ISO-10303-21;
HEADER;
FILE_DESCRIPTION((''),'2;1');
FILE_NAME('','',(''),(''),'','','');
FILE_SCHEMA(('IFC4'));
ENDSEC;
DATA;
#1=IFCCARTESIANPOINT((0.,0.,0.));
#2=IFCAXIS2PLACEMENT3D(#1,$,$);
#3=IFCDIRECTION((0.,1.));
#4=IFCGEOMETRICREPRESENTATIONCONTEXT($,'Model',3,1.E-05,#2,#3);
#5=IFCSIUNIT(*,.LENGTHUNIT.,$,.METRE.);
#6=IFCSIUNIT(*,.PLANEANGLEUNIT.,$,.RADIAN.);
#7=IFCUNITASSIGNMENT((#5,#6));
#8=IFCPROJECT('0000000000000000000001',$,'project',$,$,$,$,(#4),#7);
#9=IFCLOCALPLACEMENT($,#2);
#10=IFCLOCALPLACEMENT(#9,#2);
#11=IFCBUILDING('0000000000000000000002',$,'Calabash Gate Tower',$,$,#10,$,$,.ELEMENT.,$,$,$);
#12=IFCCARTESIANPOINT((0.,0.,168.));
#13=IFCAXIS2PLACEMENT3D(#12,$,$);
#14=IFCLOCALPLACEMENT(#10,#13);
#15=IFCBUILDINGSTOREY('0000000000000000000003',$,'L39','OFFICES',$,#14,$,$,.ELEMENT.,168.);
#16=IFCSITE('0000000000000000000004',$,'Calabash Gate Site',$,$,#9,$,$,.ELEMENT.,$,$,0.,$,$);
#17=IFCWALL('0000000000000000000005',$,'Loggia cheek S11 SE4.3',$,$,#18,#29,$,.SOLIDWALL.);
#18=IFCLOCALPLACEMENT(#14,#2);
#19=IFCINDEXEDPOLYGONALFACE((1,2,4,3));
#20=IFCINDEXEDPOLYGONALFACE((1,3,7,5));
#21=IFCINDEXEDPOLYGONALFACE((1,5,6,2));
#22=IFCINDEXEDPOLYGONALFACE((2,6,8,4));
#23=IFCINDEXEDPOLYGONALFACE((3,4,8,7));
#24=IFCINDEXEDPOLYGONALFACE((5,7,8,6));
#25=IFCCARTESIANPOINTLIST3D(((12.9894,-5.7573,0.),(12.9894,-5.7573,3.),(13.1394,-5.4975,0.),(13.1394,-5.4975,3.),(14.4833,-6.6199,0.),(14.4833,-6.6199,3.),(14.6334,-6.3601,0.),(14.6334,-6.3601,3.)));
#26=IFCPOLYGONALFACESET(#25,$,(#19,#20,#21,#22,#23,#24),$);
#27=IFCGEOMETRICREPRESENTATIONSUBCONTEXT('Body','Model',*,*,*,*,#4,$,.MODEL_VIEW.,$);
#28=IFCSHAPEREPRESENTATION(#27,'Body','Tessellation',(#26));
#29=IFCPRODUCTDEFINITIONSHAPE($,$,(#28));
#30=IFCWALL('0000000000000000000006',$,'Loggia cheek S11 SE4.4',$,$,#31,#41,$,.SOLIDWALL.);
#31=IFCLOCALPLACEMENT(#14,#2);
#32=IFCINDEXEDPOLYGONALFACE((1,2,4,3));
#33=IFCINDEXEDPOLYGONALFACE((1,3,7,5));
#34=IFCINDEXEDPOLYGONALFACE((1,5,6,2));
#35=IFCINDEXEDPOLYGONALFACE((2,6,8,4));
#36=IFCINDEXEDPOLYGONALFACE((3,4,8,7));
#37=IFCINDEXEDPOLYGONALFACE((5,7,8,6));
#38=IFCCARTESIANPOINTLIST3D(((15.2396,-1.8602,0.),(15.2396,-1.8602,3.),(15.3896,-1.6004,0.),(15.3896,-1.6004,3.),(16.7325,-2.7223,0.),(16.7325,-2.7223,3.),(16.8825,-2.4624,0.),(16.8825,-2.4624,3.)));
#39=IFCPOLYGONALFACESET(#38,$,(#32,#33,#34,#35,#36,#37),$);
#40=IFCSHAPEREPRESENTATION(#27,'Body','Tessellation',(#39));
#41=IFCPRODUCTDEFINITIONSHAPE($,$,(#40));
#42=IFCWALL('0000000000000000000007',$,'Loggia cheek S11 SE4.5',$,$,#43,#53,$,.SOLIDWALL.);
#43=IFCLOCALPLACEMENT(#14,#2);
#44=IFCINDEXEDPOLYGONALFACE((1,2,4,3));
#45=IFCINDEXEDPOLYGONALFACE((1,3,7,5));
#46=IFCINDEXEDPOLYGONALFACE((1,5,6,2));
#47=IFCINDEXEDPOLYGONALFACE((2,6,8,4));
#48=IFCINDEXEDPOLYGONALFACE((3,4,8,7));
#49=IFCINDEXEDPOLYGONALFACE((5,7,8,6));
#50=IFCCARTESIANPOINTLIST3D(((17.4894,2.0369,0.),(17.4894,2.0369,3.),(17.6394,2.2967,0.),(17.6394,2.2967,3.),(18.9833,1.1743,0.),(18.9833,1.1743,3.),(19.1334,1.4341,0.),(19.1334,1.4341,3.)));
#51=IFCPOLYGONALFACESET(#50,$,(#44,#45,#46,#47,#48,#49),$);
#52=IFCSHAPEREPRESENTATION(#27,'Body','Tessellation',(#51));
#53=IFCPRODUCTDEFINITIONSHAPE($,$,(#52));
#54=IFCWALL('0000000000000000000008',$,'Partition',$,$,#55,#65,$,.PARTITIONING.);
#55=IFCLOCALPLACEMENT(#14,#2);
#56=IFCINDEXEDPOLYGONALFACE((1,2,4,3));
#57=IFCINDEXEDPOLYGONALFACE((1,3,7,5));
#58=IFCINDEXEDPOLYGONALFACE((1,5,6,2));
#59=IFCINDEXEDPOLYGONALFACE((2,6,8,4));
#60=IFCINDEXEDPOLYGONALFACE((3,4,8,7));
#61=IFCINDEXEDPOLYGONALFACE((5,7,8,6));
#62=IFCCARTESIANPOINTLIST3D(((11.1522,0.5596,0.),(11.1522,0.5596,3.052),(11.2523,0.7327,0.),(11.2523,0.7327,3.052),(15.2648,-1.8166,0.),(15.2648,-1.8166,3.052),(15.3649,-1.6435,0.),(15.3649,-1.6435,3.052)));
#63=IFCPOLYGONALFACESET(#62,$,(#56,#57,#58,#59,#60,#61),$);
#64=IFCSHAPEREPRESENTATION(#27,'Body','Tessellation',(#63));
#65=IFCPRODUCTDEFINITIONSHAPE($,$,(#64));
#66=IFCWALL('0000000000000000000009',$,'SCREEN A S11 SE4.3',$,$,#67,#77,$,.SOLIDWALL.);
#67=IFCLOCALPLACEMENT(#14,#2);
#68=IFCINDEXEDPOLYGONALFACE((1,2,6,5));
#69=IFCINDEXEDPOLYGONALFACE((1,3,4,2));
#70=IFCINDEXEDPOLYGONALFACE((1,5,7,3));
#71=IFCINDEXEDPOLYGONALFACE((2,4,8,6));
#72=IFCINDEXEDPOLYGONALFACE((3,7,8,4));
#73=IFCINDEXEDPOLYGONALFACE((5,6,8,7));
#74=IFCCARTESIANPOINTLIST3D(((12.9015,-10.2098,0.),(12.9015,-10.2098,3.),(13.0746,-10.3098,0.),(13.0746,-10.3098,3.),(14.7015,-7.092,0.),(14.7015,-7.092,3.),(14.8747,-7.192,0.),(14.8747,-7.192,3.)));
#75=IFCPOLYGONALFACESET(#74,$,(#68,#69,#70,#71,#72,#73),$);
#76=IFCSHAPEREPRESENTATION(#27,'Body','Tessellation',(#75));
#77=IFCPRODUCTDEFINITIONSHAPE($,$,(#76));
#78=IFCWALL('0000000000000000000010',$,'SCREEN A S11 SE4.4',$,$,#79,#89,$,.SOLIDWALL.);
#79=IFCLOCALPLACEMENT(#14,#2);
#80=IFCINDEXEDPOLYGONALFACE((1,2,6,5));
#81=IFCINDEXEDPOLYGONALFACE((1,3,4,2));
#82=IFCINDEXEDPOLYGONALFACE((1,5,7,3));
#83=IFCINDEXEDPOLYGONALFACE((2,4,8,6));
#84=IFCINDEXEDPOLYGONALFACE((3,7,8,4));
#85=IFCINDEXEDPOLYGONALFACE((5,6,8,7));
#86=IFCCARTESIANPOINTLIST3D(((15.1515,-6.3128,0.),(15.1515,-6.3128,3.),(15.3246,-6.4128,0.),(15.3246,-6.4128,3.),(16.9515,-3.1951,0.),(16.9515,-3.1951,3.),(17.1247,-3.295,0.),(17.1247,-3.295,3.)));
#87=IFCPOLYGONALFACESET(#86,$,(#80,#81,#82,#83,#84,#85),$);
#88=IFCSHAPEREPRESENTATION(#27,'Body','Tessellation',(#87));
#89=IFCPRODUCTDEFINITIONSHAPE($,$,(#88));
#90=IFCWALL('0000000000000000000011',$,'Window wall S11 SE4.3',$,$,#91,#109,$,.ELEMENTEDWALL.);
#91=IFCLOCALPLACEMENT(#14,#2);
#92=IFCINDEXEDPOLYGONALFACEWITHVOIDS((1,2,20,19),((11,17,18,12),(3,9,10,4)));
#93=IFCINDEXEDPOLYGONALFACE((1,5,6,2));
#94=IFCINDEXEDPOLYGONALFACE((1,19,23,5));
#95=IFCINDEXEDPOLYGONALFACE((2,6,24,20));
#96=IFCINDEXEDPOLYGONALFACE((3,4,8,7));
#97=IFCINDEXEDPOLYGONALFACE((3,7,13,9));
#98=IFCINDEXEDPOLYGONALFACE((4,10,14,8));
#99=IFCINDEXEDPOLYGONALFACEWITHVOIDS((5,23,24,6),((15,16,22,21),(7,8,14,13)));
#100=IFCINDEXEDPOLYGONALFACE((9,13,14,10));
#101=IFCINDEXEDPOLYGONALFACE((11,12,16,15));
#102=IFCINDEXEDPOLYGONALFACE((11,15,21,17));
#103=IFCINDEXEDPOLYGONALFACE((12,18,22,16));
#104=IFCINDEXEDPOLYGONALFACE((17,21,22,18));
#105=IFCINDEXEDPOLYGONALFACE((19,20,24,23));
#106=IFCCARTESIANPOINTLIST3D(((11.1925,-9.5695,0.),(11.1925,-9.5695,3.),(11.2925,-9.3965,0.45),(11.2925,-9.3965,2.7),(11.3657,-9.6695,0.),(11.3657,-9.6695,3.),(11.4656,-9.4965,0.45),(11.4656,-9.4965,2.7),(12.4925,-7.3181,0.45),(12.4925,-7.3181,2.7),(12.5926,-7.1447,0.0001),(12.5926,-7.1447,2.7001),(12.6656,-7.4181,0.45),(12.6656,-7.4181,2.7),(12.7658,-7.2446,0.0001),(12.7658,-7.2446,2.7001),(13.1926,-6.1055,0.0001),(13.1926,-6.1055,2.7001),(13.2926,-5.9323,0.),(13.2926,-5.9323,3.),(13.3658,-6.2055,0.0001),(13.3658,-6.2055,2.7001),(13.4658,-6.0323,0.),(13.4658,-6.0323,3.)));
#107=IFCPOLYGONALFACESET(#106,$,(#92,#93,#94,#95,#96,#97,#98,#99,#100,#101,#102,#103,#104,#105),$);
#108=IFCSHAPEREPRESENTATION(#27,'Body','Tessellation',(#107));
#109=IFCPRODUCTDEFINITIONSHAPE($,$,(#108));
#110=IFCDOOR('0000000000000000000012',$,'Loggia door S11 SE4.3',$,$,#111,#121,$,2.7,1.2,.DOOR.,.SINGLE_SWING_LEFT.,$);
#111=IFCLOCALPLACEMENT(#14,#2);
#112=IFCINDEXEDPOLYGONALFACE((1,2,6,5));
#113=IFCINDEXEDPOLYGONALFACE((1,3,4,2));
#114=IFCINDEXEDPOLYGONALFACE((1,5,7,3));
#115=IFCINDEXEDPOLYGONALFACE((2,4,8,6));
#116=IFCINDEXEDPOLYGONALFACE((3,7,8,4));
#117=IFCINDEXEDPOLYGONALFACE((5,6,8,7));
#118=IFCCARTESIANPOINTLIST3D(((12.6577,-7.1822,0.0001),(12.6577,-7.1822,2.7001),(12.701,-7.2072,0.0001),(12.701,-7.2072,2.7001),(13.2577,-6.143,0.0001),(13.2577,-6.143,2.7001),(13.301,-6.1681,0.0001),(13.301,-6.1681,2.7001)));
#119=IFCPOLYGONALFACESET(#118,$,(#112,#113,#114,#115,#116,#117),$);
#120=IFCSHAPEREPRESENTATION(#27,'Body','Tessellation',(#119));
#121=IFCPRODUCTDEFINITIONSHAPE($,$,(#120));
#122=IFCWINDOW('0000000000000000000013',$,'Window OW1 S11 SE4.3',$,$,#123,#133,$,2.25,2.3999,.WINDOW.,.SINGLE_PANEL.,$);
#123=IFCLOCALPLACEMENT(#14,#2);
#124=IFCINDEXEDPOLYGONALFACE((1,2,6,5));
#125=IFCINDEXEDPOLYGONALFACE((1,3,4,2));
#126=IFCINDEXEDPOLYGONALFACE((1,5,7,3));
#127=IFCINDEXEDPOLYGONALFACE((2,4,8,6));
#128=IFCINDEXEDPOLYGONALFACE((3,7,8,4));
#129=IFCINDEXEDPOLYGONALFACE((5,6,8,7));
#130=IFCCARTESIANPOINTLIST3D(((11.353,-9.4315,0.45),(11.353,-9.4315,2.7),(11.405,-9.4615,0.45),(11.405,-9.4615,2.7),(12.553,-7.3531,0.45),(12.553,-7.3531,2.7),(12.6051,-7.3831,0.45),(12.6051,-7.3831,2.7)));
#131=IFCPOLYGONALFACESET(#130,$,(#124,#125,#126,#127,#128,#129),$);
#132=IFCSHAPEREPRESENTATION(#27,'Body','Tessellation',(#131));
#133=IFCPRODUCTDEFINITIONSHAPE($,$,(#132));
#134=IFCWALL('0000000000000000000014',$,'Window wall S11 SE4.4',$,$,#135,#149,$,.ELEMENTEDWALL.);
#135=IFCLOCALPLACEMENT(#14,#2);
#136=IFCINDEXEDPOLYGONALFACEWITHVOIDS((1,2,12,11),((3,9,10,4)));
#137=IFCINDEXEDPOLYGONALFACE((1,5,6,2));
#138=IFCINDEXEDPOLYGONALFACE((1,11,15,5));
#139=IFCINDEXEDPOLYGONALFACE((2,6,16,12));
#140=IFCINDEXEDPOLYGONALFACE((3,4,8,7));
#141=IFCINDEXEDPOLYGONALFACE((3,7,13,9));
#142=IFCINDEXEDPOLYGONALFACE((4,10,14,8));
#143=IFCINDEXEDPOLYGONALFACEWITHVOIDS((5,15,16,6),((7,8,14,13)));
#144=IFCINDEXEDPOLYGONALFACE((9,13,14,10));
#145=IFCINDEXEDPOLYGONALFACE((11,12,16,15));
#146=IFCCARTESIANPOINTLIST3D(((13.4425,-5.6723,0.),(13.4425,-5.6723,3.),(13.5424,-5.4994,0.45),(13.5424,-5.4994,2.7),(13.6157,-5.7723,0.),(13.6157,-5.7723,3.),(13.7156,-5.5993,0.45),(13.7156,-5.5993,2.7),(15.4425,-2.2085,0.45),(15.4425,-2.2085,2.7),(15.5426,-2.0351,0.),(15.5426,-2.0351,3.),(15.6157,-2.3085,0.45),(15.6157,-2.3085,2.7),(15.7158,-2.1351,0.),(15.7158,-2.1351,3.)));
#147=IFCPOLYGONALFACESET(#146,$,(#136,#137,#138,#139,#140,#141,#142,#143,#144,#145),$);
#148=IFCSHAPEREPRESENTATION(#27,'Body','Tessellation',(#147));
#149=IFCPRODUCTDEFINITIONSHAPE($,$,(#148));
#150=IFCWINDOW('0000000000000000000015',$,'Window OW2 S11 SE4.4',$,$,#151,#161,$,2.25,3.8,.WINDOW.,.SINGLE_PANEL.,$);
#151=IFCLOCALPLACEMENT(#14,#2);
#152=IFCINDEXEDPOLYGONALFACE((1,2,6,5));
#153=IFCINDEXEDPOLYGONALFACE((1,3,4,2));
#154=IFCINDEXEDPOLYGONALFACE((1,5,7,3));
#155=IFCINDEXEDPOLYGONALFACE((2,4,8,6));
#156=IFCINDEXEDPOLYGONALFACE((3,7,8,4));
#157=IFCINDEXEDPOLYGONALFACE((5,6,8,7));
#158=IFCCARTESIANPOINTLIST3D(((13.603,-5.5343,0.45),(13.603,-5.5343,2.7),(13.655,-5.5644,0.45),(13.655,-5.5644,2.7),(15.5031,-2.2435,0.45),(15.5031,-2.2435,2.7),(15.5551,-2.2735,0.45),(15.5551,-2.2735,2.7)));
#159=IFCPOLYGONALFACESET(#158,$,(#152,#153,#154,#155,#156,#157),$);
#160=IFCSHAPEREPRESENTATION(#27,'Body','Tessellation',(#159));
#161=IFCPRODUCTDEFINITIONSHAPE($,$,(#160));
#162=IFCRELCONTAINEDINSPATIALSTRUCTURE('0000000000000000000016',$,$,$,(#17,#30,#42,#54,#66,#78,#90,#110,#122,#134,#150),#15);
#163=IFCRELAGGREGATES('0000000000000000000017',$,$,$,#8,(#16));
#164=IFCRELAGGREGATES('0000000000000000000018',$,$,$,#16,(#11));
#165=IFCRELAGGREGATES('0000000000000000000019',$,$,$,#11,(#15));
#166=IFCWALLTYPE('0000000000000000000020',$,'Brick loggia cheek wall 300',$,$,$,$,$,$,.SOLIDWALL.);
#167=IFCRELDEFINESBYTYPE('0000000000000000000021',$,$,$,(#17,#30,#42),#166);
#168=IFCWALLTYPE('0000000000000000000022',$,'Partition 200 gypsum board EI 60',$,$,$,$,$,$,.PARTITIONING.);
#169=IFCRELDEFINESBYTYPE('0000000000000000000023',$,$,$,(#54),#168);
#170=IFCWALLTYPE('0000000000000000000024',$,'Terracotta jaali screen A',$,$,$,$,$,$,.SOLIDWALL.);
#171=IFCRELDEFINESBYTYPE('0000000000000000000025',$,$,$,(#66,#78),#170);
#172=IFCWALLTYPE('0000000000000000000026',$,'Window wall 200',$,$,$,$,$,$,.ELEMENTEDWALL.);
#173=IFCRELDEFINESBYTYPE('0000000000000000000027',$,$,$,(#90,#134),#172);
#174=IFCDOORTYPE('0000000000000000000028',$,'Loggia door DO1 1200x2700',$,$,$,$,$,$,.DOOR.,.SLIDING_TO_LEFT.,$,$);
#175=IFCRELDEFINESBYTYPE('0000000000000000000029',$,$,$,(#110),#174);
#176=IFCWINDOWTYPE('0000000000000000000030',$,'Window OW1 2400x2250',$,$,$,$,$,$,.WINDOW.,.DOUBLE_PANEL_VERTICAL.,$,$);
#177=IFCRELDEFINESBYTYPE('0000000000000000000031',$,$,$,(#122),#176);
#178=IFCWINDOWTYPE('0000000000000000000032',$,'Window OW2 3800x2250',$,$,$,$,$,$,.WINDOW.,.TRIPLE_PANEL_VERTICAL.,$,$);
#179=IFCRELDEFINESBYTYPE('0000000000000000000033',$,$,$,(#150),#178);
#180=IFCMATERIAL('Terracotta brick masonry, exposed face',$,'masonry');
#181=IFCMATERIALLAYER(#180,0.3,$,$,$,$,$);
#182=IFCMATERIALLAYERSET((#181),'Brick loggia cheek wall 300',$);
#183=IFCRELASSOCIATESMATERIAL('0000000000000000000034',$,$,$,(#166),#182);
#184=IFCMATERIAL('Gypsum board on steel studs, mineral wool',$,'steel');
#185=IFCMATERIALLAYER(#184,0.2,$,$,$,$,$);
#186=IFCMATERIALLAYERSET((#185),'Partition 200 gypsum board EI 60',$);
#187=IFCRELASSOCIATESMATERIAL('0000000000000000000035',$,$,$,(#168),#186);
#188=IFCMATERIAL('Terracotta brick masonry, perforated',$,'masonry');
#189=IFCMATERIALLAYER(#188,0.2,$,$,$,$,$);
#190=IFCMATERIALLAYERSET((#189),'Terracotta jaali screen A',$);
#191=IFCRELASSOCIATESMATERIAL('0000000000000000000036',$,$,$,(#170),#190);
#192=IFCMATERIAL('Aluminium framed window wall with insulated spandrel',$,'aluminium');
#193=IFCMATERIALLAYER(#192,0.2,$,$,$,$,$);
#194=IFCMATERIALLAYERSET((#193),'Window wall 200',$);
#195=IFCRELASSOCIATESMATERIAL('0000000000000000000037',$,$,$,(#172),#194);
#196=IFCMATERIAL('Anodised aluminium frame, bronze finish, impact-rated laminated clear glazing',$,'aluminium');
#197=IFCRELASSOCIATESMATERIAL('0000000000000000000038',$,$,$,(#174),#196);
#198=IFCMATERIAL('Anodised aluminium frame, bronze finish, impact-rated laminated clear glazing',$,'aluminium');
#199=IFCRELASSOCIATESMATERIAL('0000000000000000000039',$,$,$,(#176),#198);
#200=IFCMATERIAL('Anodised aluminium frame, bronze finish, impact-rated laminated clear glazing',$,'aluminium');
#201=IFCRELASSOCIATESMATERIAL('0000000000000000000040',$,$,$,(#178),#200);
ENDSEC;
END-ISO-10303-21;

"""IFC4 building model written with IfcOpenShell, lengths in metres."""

from ifc_helpers import new_model, si_unit, direction, frame, frame_2d, origin, place, context, subcontext, project, spatial, rectangle, extrude, material, layer, layer_set, type_object, element, fill, save


model = new_model("IFC4")

# Units and contexts
model_context = context("Model", 3, precision=1e-05, world=origin(), true_north=direction((0.0, 1.0)))
body_context = subcontext(model_context, "Body", "Model", "MODEL_VIEW")
ifc_project = project(units=[si_unit("LENGTHUNIT", "METRE"), si_unit("PLANEANGLEUNIT", "RADIAN")], contexts=[model_context])

# Site, building, storey
site_placement = place(None, origin())
site = spatial("IfcSite", under=ifc_project, at=site_placement, Name="Calabash Gate Site", CompositionType="ELEMENT", RefElevation=0.0)
building_placement = place(site_placement, origin())
building = spatial("IfcBuilding", under=site, at=building_placement, Name="Calabash Gate Tower", CompositionType="ELEMENT")
storey_placement = place(building_placement, frame((0.0, 0.0, 168.0)))
storey = spatial("IfcBuildingStorey", under=building, at=storey_placement, Name="L39", Description="OFFICES", CompositionType="ELEMENT", Elevation=168.0)

# Walls
ifc_material_1 = material(Name="Terracotta brick masonry, exposed face", Category="masonry")
ifc_layer_1 = layer(ifc_material_1, 0.3)
ifc_layer_set_1 = layer_set([ifc_layer_1], Name="Brick loggia cheek wall 300")
wall_type_1 = type_object("IfcWallType", Name="Brick loggia cheek wall 300", PredefinedType="SOLIDWALL", material=ifc_layer_set_1)
wall_1_placement = place(storey_placement, frame((14.5583, -6.49, 0.0), z_axis=(0.0, 0.0, 1.0), x_axis=(-0.866014, 0.500021, 0.0)))
element("IfcWall", 1, at=wall_1_placement, inside=storey, type_object=wall_type_1, Name="Loggia cheek S11 SE4.3", PredefinedType="SOLIDWALL", context=body_context, shape_type="SweptSolid", body=[
    extrude(rectangle(XDim=1.7251, YDim=0.3, at=frame_2d((0.8625, 0.0))), origin(), (0.0, 0.0, 1.0), 3.0),
])
wall_2_placement = place(storey_placement, frame((16.8074, -2.5923, 0.0), z_axis=(0.0, 0.0, 1.0), x_axis=(-0.865995, 0.500053, 0.0)))
element("IfcWall", 2, at=wall_2_placement, inside=storey, type_object=wall_type_1, Name="Loggia cheek S11 SE4.4", PredefinedType="SOLIDWALL", context=body_context, shape_type="SweptSolid", body=[
    extrude(rectangle(XDim=1.7239, YDim=0.3, at=frame_2d((0.8618, 0.0))), origin(), (0.0, 0.0, 1.0), 3.0),
])
wall_3_placement = place(storey_placement, frame((19.0583, 1.3042, 0.0), z_axis=(0.0, 0.0, 1.0), x_axis=(-0.866014, 0.500021, 0.0)))
element("IfcWall", 3, at=wall_3_placement, inside=storey, type_object=wall_type_1, Name="Loggia cheek S11 SE4.5", PredefinedType="SOLIDWALL", context=body_context, shape_type="SweptSolid", body=[
    extrude(rectangle(XDim=1.7251, YDim=0.3, at=frame_2d((0.8625, 0.0))), origin(), (0.0, 0.0, 1.0), 3.0),
])
ifc_material_2 = material(Name="Gypsum board on steel studs, mineral wool", Category="steel")
ifc_layer_2 = layer(ifc_material_2, 0.2)
ifc_layer_set_2 = layer_set([ifc_layer_2], Name="Partition 200 gypsum board EI 60")
wall_type_2 = type_object("IfcWallType", Name="Partition 200 gypsum board EI 60", PredefinedType="PARTITIONING", material=ifc_layer_set_2)
wall_4_placement = place(storey_placement, frame((11.2021, 0.6462, 0.0), z_axis=(0.0, 0.0, 1.0), x_axis=(0.865858, -0.50029, 0.0)))
element("IfcWall", 4, at=wall_4_placement, inside=storey, type_object=wall_type_2, Name="Partition", PredefinedType="PARTITIONING", context=body_context, shape_type="SweptSolid", body=[
    extrude(rectangle(XDim=4.7498, YDim=0.2, at=frame_2d((2.375, 0.0))), origin(), (0.0, 0.0, 1.0), 3.052),
])

# Walls
ifc_material_3 = material(Name="Terracotta brick masonry, perforated", Category="masonry")
ifc_layer_3 = layer(ifc_material_3, 0.2)
ifc_layer_set_3 = layer_set([ifc_layer_3], Name="Terracotta jaali screen A")
wall_type_3 = type_object("IfcWallType", Name="Terracotta jaali screen A", PredefinedType="SOLIDWALL", material=ifc_layer_set_3)
for number, where, z_axis, x_axis, name in (
    (5, (12.988, -10.2598, 0.0), (0.0, 0.0, 1.0), (0.500012, 0.866018, 0.0), "SCREEN A S11 SE4.3"),
    (6, (15.238, -6.3628, 0.0), (0.0, 0.0, 1.0), (0.500012, 0.866018, 0.0), "SCREEN A S11 SE4.4"),
):
    element("IfcWall", number, at=place(storey_placement, frame(where, z_axis=z_axis, x_axis=x_axis)), inside=storey, type_object=wall_type_3, Name=name, PredefinedType="SOLIDWALL", context=body_context, shape_type="SweptSolid", body=[
        extrude(rectangle(XDim=3.6001, YDim=0.2, at=frame_2d((1.8, 0.0))), origin(), (0.0, 0.0, 1.0), 3.0),
    ])

# Wall, openings, door, window
ifc_material_4 = material(Name="Aluminium framed window wall with insulated spandrel", Category="aluminium")
ifc_layer_4 = layer(ifc_material_4, 0.2)
ifc_layer_set_4 = layer_set([ifc_layer_4], Name="Window wall 200")
wall_type_4 = type_object("IfcWallType", Name="Window wall 200", PredefinedType="ELEMENTEDWALL", material=ifc_layer_set_4)
wall_5_placement = place(storey_placement, frame((11.2791, -9.6196, 0.0), z_axis=(0.0, 0.0, 1.0), x_axis=(0.500028, 0.866009, 0.0)))
wall_5 = element("IfcWall", 7, at=wall_5_placement, inside=storey, type_object=wall_type_4, Name="Window wall S11 SE4.3", PredefinedType="ELEMENTEDWALL", context=body_context, shape_type="SweptSolid", body=[
    extrude(rectangle(XDim=4.2, YDim=0.2, at=frame_2d((2.1001, 0.0))), origin(), (0.0, 0.0, 1.0), 3.0),
])
opening_1_placement = place(wall_5_placement, frame((0.2, 0.0, 0.45)))
opening_1 = element("IfcOpeningElement", 8, at=opening_1_placement, cuts=wall_5, PredefinedType="OPENING", context=body_context, shape_type="SweptSolid", body=[
    extrude(rectangle(XDim=2.3999, YDim=2.25, at=frame_2d((1.2, 1.125))), frame((0.0, 0.1099, 0.0), z_axis=(0.0, -1.0, 0.0), x_axis=(1.0, 0.0, 0.0)), (0.0, 0.0, 1.0), 0.22),
])
opening_2_placement = place(wall_5_placement, frame((2.8, 0.0, 0.0)))
opening_2 = element("IfcOpeningElement", 9, at=opening_2_placement, cuts=wall_5, PredefinedType="OPENING", context=body_context, shape_type="SweptSolid", body=[
    extrude(rectangle(XDim=1.2, YDim=2.7, at=frame_2d((0.6001, 1.3501))), frame((0.0, 0.1099, 0.0), z_axis=(0.0, -1.0, 0.0), x_axis=(1.0, 0.0, 0.0)), (0.0, 0.0, 1.0), 0.22),
])
ifc_material_5 = material(Name="Anodised aluminium frame, bronze finish, impact-rated laminated clear glazing", Category="aluminium")
door_type_1 = type_object("IfcDoorType", Name="Loggia door DO1 1200x2700", OperationType="SLIDING_TO_LEFT", PredefinedType="DOOR", material=ifc_material_5)
door_1_placement = place(opening_2_placement, origin())
door_1 = element("IfcDoor", 10, at=door_1_placement, inside=storey, type_object=door_type_1, Name="Loggia door S11 SE4.3", OperationType="SINGLE_SWING_LEFT", OverallHeight=2.7, OverallWidth=1.2, PredefinedType="DOOR", context=body_context, shape_type="SweptSolid", body=[
    extrude(rectangle(XDim=1.2, YDim=2.7, at=frame_2d((0.6001, 1.3501))), frame((0.0, 0.0249, 0.0), z_axis=(0.0, -1.0, 0.0), x_axis=(1.0, 0.0, 0.0)), (0.0, 0.0, 1.0), 0.05),
])
fill(opening_2, door_1)
ifc_material_6 = material(Name="Anodised aluminium frame, bronze finish, impact-rated laminated clear glazing", Category="aluminium")
window_type_1 = type_object("IfcWindowType", Name="Window OW1 2400x2250", PartitioningType="DOUBLE_PANEL_VERTICAL", PredefinedType="WINDOW", material=ifc_material_6)
window_1_placement = place(opening_1_placement, origin())
window_1 = element("IfcWindow", 11, at=window_1_placement, inside=storey, type_object=window_type_1, Name="Window OW1 S11 SE4.3", OverallHeight=2.25, OverallWidth=2.3999, PartitioningType="SINGLE_PANEL", PredefinedType="WINDOW", context=body_context, shape_type="SweptSolid", body=[
    extrude(rectangle(XDim=2.3999, YDim=2.25, at=frame_2d((1.2, 1.125))), frame((0.0, 0.03, 0.0), z_axis=(0.0, -1.0, 0.0), x_axis=(1.0, 0.0, 0.0)), (0.0, 0.0, 1.0), 0.0601),
])
fill(opening_1, window_1)

# Wall, opening, window
wall_6_placement = place(storey_placement, frame((13.5291, -5.7224, 0.0), z_axis=(0.0, 0.0, 1.0), x_axis=(0.500028, 0.866009, 0.0)))
wall_6 = element("IfcWall", 12, at=wall_6_placement, inside=storey, type_object=wall_type_4, Name="Window wall S11 SE4.4", PredefinedType="ELEMENTEDWALL", context=body_context, shape_type="SweptSolid", body=[
    extrude(rectangle(XDim=4.2, YDim=0.2, at=frame_2d((2.1001, 0.0))), origin(), (0.0, 0.0, 1.0), 3.0),
])
opening_3_placement = place(wall_6_placement, frame((0.2, 0.0, 0.45)))
opening_3 = element("IfcOpeningElement", 13, at=opening_3_placement, cuts=wall_6, PredefinedType="OPENING", context=body_context, shape_type="SweptSolid", body=[
    extrude(rectangle(XDim=3.8, YDim=2.25, at=frame_2d((1.8999, 1.125))), frame((0.0, 0.1099, 0.0), z_axis=(0.0, -1.0, 0.0), x_axis=(1.0, 0.0, 0.0)), (0.0, 0.0, 1.0), 0.22),
])
ifc_material_7 = material(Name="Anodised aluminium frame, bronze finish, impact-rated laminated clear glazing", Category="aluminium")
window_type_2 = type_object("IfcWindowType", Name="Window OW2 3800x2250", PartitioningType="TRIPLE_PANEL_VERTICAL", PredefinedType="WINDOW", material=ifc_material_7)
window_2_placement = place(opening_3_placement, origin())
window_2 = element("IfcWindow", 14, at=window_2_placement, inside=storey, type_object=window_type_2, Name="Window OW2 S11 SE4.4", OverallHeight=2.25, OverallWidth=3.8, PartitioningType="SINGLE_PANEL", PredefinedType="WINDOW", context=body_context, shape_type="SweptSolid", body=[
    extrude(rectangle(XDim=3.8, YDim=2.25, at=frame_2d((1.8999, 1.125))), frame((0.0, 0.03, 0.0), z_axis=(0.0, -1.0, 0.0), x_axis=(1.0, 0.0, 0.0)), (0.0, 0.0, 1.0), 0.0601),
])
fill(opening_3, window_2)

save(model, "model.ifc")
